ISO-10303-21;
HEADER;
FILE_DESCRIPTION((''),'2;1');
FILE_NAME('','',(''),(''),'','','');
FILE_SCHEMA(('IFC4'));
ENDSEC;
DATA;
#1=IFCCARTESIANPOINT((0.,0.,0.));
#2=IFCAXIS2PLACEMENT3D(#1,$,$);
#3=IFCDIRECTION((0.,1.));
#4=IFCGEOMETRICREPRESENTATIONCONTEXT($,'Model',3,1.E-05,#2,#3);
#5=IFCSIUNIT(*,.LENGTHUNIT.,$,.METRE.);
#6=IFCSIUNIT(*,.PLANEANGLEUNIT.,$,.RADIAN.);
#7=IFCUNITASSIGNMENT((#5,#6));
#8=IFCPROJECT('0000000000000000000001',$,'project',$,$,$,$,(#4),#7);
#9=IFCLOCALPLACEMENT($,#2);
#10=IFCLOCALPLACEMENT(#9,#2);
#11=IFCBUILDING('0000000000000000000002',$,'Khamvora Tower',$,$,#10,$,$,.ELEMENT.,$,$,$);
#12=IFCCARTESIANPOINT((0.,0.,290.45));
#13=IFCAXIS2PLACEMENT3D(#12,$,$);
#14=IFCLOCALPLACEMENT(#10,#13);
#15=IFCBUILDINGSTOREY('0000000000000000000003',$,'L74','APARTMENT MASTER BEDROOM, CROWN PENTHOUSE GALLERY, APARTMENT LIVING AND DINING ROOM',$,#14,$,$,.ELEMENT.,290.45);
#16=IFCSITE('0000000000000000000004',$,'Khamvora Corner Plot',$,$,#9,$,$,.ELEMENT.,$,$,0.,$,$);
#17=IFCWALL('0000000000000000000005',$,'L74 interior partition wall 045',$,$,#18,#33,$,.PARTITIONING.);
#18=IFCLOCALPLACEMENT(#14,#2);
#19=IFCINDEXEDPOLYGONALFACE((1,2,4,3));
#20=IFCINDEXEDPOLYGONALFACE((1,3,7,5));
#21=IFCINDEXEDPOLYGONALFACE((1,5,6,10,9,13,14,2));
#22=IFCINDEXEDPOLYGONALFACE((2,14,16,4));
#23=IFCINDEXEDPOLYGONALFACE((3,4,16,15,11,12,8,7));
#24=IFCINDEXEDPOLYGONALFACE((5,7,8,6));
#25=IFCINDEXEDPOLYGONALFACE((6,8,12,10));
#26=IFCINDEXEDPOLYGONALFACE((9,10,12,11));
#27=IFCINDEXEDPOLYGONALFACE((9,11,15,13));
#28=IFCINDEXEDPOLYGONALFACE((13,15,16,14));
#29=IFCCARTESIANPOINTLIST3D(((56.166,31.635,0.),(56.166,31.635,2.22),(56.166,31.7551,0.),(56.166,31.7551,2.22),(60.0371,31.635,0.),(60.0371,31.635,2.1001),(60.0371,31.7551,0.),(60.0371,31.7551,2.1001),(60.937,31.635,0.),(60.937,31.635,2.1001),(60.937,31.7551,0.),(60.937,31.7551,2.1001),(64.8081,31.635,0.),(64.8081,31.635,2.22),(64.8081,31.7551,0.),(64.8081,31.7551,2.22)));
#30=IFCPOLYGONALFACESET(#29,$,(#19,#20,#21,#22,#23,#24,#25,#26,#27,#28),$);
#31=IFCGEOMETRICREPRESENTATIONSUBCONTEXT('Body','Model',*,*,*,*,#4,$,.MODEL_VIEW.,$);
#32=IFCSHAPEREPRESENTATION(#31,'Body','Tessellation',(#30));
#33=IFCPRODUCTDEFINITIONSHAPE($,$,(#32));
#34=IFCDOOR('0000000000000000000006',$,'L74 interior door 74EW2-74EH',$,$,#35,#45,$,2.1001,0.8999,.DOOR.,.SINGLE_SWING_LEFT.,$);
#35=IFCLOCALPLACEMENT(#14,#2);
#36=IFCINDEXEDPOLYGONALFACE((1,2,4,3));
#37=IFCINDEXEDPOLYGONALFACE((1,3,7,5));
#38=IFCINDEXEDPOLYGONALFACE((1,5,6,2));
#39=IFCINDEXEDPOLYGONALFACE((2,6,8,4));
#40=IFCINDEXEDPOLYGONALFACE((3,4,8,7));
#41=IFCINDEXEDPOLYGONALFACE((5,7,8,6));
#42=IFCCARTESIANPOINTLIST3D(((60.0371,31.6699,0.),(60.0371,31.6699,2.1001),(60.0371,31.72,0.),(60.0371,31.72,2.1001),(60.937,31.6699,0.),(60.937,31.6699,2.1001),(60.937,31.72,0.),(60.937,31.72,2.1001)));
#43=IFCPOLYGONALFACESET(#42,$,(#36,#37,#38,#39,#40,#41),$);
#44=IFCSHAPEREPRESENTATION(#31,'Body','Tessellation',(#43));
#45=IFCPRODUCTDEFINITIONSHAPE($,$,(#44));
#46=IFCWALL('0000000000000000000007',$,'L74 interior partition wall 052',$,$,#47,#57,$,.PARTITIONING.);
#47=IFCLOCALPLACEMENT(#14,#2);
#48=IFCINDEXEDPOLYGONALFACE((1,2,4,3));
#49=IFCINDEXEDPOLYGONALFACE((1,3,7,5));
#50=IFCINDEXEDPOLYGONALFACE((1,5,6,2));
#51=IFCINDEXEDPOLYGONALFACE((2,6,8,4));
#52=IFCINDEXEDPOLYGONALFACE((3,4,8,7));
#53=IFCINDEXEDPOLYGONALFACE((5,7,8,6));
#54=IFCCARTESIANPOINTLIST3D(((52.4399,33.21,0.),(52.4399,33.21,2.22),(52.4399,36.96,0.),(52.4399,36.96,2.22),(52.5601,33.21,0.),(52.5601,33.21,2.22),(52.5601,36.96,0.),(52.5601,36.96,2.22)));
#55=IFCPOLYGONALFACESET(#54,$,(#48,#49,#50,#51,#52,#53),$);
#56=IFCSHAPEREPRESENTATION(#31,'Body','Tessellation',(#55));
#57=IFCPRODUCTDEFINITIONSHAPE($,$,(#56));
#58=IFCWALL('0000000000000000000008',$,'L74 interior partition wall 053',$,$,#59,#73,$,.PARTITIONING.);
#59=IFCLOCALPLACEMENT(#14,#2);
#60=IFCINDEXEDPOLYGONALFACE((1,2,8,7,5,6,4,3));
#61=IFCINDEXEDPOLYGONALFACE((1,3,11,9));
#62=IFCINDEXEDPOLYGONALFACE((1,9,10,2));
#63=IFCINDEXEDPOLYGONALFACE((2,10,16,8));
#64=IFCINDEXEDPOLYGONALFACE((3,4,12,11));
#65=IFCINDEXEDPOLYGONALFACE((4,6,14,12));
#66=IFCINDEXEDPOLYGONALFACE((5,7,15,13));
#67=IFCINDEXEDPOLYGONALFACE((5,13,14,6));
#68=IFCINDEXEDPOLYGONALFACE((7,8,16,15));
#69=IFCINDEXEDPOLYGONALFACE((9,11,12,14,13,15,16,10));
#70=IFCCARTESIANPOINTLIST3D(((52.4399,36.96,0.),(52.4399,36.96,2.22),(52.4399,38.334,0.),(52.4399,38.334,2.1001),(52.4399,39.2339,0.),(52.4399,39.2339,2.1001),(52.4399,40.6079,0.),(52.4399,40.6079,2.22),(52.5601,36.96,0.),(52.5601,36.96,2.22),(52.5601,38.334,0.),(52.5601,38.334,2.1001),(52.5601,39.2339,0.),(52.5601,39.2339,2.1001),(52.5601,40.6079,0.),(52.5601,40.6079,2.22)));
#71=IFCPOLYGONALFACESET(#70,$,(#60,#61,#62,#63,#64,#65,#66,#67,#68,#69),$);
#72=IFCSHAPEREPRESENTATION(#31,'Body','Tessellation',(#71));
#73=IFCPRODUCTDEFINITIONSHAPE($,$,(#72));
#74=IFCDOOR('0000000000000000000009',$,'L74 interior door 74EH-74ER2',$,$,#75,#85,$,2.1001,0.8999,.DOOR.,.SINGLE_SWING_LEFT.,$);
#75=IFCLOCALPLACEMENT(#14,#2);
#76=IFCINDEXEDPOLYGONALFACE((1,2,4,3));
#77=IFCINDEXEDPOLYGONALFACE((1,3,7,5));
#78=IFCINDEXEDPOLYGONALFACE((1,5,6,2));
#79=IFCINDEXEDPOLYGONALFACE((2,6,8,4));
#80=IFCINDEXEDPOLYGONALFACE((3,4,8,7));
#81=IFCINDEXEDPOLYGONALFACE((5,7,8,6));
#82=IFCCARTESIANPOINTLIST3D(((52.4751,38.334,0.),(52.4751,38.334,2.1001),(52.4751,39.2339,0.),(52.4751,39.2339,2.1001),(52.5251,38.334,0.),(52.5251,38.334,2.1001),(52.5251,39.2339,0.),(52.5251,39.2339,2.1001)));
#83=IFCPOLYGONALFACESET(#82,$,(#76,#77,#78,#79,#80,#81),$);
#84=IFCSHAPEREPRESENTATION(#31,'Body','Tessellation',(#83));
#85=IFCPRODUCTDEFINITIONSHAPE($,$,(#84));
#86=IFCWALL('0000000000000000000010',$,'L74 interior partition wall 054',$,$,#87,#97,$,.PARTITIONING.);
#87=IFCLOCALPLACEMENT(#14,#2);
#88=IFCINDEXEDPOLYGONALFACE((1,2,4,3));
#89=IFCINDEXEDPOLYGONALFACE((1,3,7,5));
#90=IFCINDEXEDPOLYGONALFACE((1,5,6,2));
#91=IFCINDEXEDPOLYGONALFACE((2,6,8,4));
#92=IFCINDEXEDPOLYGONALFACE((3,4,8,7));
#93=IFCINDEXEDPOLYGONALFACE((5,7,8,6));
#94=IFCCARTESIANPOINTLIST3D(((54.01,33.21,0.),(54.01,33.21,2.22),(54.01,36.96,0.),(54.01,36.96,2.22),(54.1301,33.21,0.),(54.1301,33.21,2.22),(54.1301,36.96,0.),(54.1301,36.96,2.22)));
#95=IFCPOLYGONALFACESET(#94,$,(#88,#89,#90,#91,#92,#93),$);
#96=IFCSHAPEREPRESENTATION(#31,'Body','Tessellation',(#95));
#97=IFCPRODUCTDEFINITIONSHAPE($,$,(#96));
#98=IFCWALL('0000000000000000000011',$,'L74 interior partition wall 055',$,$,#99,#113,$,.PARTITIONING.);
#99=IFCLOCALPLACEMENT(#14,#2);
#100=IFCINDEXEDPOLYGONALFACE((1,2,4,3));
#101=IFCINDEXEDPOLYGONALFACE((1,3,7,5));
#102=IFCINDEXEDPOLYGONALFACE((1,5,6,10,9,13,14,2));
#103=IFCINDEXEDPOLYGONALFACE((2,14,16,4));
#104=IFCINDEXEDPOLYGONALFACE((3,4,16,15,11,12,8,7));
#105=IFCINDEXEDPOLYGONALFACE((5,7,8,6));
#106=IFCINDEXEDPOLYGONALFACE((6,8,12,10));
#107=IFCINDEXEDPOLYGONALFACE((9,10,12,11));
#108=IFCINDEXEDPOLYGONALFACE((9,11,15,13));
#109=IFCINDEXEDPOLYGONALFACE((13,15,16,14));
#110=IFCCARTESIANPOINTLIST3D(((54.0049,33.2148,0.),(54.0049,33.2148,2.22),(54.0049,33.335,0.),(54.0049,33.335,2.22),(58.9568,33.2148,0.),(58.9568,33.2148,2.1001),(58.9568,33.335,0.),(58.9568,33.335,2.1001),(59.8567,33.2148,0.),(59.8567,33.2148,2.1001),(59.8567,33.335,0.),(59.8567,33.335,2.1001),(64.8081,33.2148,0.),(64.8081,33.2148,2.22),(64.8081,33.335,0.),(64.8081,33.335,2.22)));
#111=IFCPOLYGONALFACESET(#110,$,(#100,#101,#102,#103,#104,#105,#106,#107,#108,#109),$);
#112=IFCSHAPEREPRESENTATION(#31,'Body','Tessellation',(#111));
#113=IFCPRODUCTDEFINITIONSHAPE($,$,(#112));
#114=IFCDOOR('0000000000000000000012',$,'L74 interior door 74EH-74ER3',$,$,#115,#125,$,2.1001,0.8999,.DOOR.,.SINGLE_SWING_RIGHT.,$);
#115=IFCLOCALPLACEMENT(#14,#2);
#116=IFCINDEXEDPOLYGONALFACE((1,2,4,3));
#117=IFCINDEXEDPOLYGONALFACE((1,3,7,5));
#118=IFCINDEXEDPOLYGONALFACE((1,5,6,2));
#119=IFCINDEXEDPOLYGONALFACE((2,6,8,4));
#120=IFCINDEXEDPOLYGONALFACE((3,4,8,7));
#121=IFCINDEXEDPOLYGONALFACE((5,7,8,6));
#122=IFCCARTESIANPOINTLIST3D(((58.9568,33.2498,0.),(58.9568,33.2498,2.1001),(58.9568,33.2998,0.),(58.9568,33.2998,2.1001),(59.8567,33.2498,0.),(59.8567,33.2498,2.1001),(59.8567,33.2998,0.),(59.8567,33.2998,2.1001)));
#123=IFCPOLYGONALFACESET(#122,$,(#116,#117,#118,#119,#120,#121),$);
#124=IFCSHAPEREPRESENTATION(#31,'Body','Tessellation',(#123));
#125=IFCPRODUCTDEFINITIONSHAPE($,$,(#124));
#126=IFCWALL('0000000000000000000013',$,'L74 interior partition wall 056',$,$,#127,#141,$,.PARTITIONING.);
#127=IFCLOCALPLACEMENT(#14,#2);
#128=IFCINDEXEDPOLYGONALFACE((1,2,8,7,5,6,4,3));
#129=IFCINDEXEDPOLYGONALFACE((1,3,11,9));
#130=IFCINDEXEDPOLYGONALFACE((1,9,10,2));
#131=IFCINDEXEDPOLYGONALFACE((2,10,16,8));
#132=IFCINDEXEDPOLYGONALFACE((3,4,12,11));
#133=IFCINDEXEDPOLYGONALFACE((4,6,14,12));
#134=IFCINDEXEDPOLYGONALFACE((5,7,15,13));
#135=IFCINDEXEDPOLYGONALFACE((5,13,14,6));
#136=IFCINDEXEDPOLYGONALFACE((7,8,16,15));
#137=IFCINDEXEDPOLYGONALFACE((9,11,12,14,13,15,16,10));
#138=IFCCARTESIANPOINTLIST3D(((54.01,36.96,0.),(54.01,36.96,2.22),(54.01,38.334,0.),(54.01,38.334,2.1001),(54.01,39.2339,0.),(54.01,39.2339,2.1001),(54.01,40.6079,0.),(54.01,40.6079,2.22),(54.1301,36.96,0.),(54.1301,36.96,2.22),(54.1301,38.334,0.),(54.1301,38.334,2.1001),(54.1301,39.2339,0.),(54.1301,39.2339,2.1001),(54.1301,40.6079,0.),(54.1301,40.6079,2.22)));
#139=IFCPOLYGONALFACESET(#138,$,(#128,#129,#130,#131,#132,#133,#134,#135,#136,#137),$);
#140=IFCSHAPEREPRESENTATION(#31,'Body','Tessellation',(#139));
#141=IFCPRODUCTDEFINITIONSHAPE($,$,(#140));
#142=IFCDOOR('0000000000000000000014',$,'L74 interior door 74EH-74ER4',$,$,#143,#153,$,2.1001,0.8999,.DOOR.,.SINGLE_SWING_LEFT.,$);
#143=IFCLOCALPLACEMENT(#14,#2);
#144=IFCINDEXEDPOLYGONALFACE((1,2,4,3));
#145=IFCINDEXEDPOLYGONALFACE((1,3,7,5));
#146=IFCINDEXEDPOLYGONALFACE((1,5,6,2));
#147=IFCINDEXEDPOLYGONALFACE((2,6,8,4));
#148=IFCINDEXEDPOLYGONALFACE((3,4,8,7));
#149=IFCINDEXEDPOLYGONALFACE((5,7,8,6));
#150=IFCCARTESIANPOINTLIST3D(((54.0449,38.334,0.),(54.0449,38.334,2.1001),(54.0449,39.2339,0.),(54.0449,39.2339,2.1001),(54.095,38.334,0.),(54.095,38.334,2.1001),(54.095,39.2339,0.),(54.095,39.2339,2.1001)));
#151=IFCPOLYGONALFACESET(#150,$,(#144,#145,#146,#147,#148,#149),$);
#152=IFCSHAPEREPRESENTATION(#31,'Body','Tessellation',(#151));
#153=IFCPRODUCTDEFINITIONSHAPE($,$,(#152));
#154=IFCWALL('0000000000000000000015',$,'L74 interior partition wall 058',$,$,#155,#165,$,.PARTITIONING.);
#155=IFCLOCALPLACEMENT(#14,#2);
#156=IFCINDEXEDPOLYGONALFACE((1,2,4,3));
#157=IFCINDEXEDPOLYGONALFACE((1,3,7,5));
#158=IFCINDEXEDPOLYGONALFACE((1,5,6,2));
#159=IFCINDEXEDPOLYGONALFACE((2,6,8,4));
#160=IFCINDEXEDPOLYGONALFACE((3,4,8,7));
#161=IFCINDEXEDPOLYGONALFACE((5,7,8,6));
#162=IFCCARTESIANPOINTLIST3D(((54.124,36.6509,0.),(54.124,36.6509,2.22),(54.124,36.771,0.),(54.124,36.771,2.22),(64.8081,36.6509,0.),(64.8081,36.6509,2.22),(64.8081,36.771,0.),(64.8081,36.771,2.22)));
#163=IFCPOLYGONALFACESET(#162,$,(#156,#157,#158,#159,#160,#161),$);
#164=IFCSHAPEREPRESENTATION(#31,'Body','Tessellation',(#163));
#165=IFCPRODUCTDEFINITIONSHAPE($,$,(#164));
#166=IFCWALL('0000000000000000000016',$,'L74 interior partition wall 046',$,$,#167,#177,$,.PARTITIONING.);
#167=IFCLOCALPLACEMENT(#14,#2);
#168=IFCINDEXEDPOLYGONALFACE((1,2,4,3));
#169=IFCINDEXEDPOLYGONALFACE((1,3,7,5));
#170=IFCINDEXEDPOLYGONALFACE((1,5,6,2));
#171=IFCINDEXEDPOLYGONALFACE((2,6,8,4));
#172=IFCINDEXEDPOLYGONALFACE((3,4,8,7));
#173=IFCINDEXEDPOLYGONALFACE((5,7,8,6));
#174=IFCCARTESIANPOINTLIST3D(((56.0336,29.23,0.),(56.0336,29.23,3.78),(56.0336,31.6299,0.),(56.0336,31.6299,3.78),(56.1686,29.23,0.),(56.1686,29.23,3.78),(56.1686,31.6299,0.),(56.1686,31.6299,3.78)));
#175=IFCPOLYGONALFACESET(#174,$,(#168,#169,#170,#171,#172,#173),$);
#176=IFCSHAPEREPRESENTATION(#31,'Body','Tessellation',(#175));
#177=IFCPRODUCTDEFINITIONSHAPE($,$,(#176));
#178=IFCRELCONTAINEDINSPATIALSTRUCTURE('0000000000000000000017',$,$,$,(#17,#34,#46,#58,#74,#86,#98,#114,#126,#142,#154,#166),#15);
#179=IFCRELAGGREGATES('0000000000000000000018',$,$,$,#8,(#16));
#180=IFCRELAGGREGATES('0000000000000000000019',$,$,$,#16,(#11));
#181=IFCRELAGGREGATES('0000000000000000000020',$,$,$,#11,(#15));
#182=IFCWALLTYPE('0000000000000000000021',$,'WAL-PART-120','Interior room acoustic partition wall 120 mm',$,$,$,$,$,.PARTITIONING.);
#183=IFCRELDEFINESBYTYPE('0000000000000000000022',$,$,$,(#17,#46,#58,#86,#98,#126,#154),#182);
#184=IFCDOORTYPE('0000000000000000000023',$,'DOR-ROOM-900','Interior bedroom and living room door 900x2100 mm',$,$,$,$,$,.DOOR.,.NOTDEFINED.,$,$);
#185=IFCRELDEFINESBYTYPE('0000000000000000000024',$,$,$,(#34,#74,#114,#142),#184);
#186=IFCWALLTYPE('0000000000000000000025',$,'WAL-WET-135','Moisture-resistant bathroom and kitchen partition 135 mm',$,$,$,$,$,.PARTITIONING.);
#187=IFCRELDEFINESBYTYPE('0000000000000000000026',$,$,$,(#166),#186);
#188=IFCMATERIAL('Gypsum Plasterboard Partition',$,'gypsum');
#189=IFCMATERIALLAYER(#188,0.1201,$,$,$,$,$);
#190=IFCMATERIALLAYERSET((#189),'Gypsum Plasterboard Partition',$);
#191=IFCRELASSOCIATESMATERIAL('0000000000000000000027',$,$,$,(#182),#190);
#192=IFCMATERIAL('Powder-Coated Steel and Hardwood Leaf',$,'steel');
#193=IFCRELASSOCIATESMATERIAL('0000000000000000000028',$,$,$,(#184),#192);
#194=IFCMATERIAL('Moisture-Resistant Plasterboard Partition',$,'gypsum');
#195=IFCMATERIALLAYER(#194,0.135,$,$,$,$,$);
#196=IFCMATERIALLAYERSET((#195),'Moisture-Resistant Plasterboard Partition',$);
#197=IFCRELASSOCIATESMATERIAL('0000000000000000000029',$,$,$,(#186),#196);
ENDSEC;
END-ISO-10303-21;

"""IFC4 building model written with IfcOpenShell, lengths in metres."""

from ifc_helpers import new_model, si_unit, direction, frame, frame_2d, origin, place, context, subcontext, project, spatial, rectangle, extrude, material, layer, layer_set, type_object, element, fill, save


model = new_model("IFC4")

# Units and contexts
model_context = context("Model", 3, precision=1e-05, world=origin(), true_north=direction((0.0, 1.0)))
body_context = subcontext(model_context, "Body", "Model", "MODEL_VIEW")
ifc_project = project(units=[si_unit("LENGTHUNIT", "METRE"), si_unit("PLANEANGLEUNIT", "RADIAN")], contexts=[model_context])

# Site, building, storey
site_placement = place(None, origin())
site = spatial("IfcSite", under=ifc_project, at=site_placement, Name="Khamvora Corner Plot", CompositionType="ELEMENT", RefElevation=0.0)
building_placement = place(site_placement, origin())
building = spatial("IfcBuilding", under=site, at=building_placement, Name="Khamvora Tower", CompositionType="ELEMENT")
storey_placement = place(building_placement, frame((0.0, 0.0, 290.45)))
storey = spatial("IfcBuildingStorey", under=building, at=storey_placement, Name="L74", Description="APARTMENT MASTER BEDROOM, CROWN PENTHOUSE GALLERY, APARTMENT LIVING AND DINING ROOM", CompositionType="ELEMENT", Elevation=290.45)

# Wall, opening, door
ifc_material_1 = material(Name="Gypsum Plasterboard Partition", Category="gypsum")
ifc_layer_1 = layer(ifc_material_1, 0.1201)
ifc_layer_set_1 = layer_set([ifc_layer_1], Name="Gypsum Plasterboard Partition")
wall_type_1 = type_object("IfcWallType", Name="WAL-PART-120", Description="Interior room acoustic partition wall 120 mm", PredefinedType="PARTITIONING", material=ifc_layer_set_1)
wall_1_placement = place(storey_placement, frame((56.166, 31.6951, 0.0), z_axis=(0.0, 0.0, 1.0), x_axis=(1.0, 0.0, 0.0)))
wall_1 = element("IfcWall", 1, at=wall_1_placement, inside=storey, type_object=wall_type_1, Name="L74 interior partition wall 045", PredefinedType="PARTITIONING", context=body_context, shape_type="SweptSolid", body=[
    extrude(rectangle(XDim=8.6421, YDim=0.1201, at=frame_2d((4.321, 0.0))), origin(), (0.0, 0.0, 1.0), 2.22),
])
opening_1_placement = place(wall_1_placement, frame((3.8711, 0.0, 0.0)))
opening_1 = element("IfcOpeningElement", 2, at=opening_1_placement, cuts=wall_1, PredefinedType="OPENING", context=body_context, shape_type="SweptSolid", body=[
    extrude(rectangle(XDim=0.8999, YDim=2.1001, at=frame_2d((0.45, 1.05))), frame((0.0, 0.0701, 0.0), z_axis=(0.0, -1.0, 0.0), x_axis=(1.0, 0.0, 0.0)), (0.0, 0.0, 1.0), 0.1401),
])
ifc_material_2 = material(Name="Powder-Coated Steel and Hardwood Leaf", Category="steel")
door_type_1 = type_object("IfcDoorType", Name="DOR-ROOM-900", Description="Interior bedroom and living room door 900x2100 mm", OperationType="NOTDEFINED", PredefinedType="DOOR", material=ifc_material_2)
door_1_placement = place(opening_1_placement, origin())
door_1 = element("IfcDoor", 3, at=door_1_placement, inside=storey, type_object=door_type_1, Name="L74 interior door 74EW2-74EH", OperationType="SINGLE_SWING_LEFT", OverallHeight=2.1001, OverallWidth=0.8999, PredefinedType="DOOR", context=body_context, shape_type="SweptSolid", body=[
    extrude(rectangle(XDim=0.8999, YDim=2.1001, at=frame_2d((0.45, 1.05))), frame((0.0, 0.0249, 0.0), z_axis=(0.0, -1.0, 0.0), x_axis=(1.0, 0.0, 0.0)), (0.0, 0.0, 1.0), 0.05),
])
fill(opening_1, door_1)

# Wall
wall_2_placement = place(storey_placement, frame((52.5, 33.21, 0.0), z_axis=(0.0, 0.0, 1.0), x_axis=(0.0, 1.0, 0.0)))
element("IfcWall", 4, at=wall_2_placement, inside=storey, type_object=wall_type_1, Name="L74 interior partition wall 052", PredefinedType="PARTITIONING", context=body_context, shape_type="SweptSolid", body=[
    extrude(rectangle(XDim=3.75, YDim=0.1201, at=frame_2d((1.875, 0.0))), origin(), (0.0, 0.0, 1.0), 2.22),
])

# Wall, opening, door
wall_3_placement = place(storey_placement, frame((52.5, 36.96, 0.0), z_axis=(0.0, 0.0, 1.0), x_axis=(0.0, 1.0, 0.0)))
wall_3 = element("IfcWall", 5, at=wall_3_placement, inside=storey, type_object=wall_type_1, Name="L74 interior partition wall 053", PredefinedType="PARTITIONING", context=body_context, shape_type="SweptSolid", body=[
    extrude(rectangle(XDim=3.6479, YDim=0.1201, at=frame_2d((1.824, 0.0))), origin(), (0.0, 0.0, 1.0), 2.22),
])
opening_2_placement = place(wall_3_placement, frame((1.374, 0.0, 0.0)))
opening_2 = element("IfcOpeningElement", 6, at=opening_2_placement, cuts=wall_3, PredefinedType="OPENING", context=body_context, shape_type="SweptSolid", body=[
    extrude(rectangle(XDim=0.8999, YDim=2.1001, at=frame_2d((0.45, 1.05))), frame((0.0, 0.0701, 0.0), z_axis=(0.0, -1.0, 0.0), x_axis=(1.0, 0.0, 0.0)), (0.0, 0.0, 1.0), 0.1401),
])
door_2_placement = place(opening_2_placement, origin())
door_2 = element("IfcDoor", 7, at=door_2_placement, inside=storey, type_object=door_type_1, Name="L74 interior door 74EH-74ER2", OperationType="SINGLE_SWING_LEFT", OverallHeight=2.1001, OverallWidth=0.8999, PredefinedType="DOOR", context=body_context, shape_type="SweptSolid", body=[
    extrude(rectangle(XDim=0.8999, YDim=2.1001, at=frame_2d((0.45, 1.05))), frame((0.0, 0.0249, 0.0), z_axis=(0.0, -1.0, 0.0), x_axis=(1.0, 0.0, 0.0)), (0.0, 0.0, 1.0), 0.05),
])
fill(opening_2, door_2)

# Wall
wall_4_placement = place(storey_placement, frame((54.0701, 36.96, 0.0), z_axis=(0.0, 0.0, 1.0), x_axis=(0.0, -1.0, 0.0)))
element("IfcWall", 8, at=wall_4_placement, inside=storey, type_object=wall_type_1, Name="L74 interior partition wall 054", PredefinedType="PARTITIONING", context=body_context, shape_type="SweptSolid", body=[
    extrude(rectangle(XDim=3.75, YDim=0.1201, at=frame_2d((1.875, 0.0))), origin(), (0.0, 0.0, 1.0), 2.22),
])

# Walls, openings, doors
wall_5_placement = place(storey_placement, frame((54.0049, 33.2749, 0.0), z_axis=(0.0, 0.0, 1.0), x_axis=(1.0, 0.0, 0.0)))
wall_5 = element("IfcWall", 9, at=wall_5_placement, inside=storey, type_object=wall_type_1, Name="L74 interior partition wall 055", PredefinedType="PARTITIONING", context=body_context, shape_type="SweptSolid", body=[
    extrude(rectangle(XDim=10.8032, YDim=0.1201, at=frame_2d((5.4016, 0.0))), origin(), (0.0, 0.0, 1.0), 2.22),
])
opening_3_placement = place(wall_5_placement, frame((4.9519, 0.0, 0.0)))
opening_3 = element("IfcOpeningElement", 10, at=opening_3_placement, cuts=wall_5, PredefinedType="OPENING", context=body_context, shape_type="SweptSolid", body=[
    extrude(rectangle(XDim=0.8999, YDim=2.1001, at=frame_2d((0.45, 1.05))), frame((0.0, 0.0701, 0.0), z_axis=(0.0, -1.0, 0.0), x_axis=(1.0, 0.0, 0.0)), (0.0, 0.0, 1.0), 0.1401),
])
door_3_placement = place(opening_3_placement, origin())
door_3 = element("IfcDoor", 11, at=door_3_placement, inside=storey, type_object=door_type_1, Name="L74 interior door 74EH-74ER3", OperationType="SINGLE_SWING_RIGHT", OverallHeight=2.1001, OverallWidth=0.8999, PredefinedType="DOOR", context=body_context, shape_type="SweptSolid", body=[
    extrude(rectangle(XDim=0.8999, YDim=2.1001, at=frame_2d((0.45, 1.05))), frame((0.0, 0.0249, 0.0), z_axis=(0.0, -1.0, 0.0), x_axis=(1.0, 0.0, 0.0)), (0.0, 0.0, 1.0), 0.05),
])
fill(opening_3, door_3)
wall_6_placement = place(storey_placement, frame((54.0701, 40.6079, 0.0), z_axis=(0.0, 0.0, 1.0), x_axis=(0.0, -1.0, 0.0)))
wall_6 = element("IfcWall", 12, at=wall_6_placement, inside=storey, type_object=wall_type_1, Name="L74 interior partition wall 056", PredefinedType="PARTITIONING", context=body_context, shape_type="SweptSolid", body=[
    extrude(rectangle(XDim=3.6479, YDim=0.1201, at=frame_2d((1.824, 0.0))), origin(), (0.0, 0.0, 1.0), 2.22),
])
opening_4_placement = place(wall_6_placement, frame((1.374, 0.0, 0.0)))
opening_4 = element("IfcOpeningElement", 13, at=opening_4_placement, cuts=wall_6, PredefinedType="OPENING", context=body_context, shape_type="SweptSolid", body=[
    extrude(rectangle(XDim=0.8999, YDim=2.1001, at=frame_2d((0.45, 1.05))), frame((0.0, 0.0701, 0.0), z_axis=(0.0, -1.0, 0.0), x_axis=(1.0, 0.0, 0.0)), (0.0, 0.0, 1.0), 0.1401),
])
door_4_placement = place(opening_4_placement, origin())
door_4 = element("IfcDoor", 14, at=door_4_placement, inside=storey, type_object=door_type_1, Name="L74 interior door 74EH-74ER4", OperationType="SINGLE_SWING_LEFT", OverallHeight=2.1001, OverallWidth=0.8999, PredefinedType="DOOR", context=body_context, shape_type="SweptSolid", body=[
    extrude(rectangle(XDim=0.8999, YDim=2.1001, at=frame_2d((0.45, 1.05))), frame((0.0, 0.0249, 0.0), z_axis=(0.0, -1.0, 0.0), x_axis=(1.0, 0.0, 0.0)), (0.0, 0.0, 1.0), 0.05),
])
fill(opening_4, door_4)

# Walls
wall_7_placement = place(storey_placement, frame((54.124, 36.7109, 0.0), z_axis=(0.0, 0.0, 1.0), x_axis=(1.0, 0.0, 0.0)))
element("IfcWall", 15, at=wall_7_placement, inside=storey, type_object=wall_type_1, Name="L74 interior partition wall 058", PredefinedType="PARTITIONING", context=body_context, shape_type="SweptSolid", body=[
    extrude(rectangle(XDim=10.6841, YDim=0.1201, at=frame_2d((5.342, 0.0))), origin(), (0.0, 0.0, 1.0), 2.22),
])
ifc_material_3 = material(Name="Moisture-Resistant Plasterboard Partition", Category="gypsum")
ifc_layer_2 = layer(ifc_material_3, 0.135)
ifc_layer_set_2 = layer_set([ifc_layer_2], Name="Moisture-Resistant Plasterboard Partition")
wall_type_2 = type_object("IfcWallType", Name="WAL-WET-135", Description="Moisture-resistant bathroom and kitchen partition 135 mm", PredefinedType="PARTITIONING", material=ifc_layer_set_2)
wall_8_placement = place(storey_placement, frame((56.1011, 29.23, 0.0), z_axis=(0.0, 0.0, 1.0), x_axis=(0.0, 1.0, 0.0)))
element("IfcWall", 16, at=wall_8_placement, inside=storey, type_object=wall_type_2, Name="L74 interior partition wall 046", PredefinedType="PARTITIONING", context=body_context, shape_type="SweptSolid", body=[
    extrude(rectangle(XDim=2.3999, YDim=0.135, at=frame_2d((1.2, 0.0))), origin(), (0.0, 0.0, 1.0), 3.78),
])

save(model, "model.ifc")
